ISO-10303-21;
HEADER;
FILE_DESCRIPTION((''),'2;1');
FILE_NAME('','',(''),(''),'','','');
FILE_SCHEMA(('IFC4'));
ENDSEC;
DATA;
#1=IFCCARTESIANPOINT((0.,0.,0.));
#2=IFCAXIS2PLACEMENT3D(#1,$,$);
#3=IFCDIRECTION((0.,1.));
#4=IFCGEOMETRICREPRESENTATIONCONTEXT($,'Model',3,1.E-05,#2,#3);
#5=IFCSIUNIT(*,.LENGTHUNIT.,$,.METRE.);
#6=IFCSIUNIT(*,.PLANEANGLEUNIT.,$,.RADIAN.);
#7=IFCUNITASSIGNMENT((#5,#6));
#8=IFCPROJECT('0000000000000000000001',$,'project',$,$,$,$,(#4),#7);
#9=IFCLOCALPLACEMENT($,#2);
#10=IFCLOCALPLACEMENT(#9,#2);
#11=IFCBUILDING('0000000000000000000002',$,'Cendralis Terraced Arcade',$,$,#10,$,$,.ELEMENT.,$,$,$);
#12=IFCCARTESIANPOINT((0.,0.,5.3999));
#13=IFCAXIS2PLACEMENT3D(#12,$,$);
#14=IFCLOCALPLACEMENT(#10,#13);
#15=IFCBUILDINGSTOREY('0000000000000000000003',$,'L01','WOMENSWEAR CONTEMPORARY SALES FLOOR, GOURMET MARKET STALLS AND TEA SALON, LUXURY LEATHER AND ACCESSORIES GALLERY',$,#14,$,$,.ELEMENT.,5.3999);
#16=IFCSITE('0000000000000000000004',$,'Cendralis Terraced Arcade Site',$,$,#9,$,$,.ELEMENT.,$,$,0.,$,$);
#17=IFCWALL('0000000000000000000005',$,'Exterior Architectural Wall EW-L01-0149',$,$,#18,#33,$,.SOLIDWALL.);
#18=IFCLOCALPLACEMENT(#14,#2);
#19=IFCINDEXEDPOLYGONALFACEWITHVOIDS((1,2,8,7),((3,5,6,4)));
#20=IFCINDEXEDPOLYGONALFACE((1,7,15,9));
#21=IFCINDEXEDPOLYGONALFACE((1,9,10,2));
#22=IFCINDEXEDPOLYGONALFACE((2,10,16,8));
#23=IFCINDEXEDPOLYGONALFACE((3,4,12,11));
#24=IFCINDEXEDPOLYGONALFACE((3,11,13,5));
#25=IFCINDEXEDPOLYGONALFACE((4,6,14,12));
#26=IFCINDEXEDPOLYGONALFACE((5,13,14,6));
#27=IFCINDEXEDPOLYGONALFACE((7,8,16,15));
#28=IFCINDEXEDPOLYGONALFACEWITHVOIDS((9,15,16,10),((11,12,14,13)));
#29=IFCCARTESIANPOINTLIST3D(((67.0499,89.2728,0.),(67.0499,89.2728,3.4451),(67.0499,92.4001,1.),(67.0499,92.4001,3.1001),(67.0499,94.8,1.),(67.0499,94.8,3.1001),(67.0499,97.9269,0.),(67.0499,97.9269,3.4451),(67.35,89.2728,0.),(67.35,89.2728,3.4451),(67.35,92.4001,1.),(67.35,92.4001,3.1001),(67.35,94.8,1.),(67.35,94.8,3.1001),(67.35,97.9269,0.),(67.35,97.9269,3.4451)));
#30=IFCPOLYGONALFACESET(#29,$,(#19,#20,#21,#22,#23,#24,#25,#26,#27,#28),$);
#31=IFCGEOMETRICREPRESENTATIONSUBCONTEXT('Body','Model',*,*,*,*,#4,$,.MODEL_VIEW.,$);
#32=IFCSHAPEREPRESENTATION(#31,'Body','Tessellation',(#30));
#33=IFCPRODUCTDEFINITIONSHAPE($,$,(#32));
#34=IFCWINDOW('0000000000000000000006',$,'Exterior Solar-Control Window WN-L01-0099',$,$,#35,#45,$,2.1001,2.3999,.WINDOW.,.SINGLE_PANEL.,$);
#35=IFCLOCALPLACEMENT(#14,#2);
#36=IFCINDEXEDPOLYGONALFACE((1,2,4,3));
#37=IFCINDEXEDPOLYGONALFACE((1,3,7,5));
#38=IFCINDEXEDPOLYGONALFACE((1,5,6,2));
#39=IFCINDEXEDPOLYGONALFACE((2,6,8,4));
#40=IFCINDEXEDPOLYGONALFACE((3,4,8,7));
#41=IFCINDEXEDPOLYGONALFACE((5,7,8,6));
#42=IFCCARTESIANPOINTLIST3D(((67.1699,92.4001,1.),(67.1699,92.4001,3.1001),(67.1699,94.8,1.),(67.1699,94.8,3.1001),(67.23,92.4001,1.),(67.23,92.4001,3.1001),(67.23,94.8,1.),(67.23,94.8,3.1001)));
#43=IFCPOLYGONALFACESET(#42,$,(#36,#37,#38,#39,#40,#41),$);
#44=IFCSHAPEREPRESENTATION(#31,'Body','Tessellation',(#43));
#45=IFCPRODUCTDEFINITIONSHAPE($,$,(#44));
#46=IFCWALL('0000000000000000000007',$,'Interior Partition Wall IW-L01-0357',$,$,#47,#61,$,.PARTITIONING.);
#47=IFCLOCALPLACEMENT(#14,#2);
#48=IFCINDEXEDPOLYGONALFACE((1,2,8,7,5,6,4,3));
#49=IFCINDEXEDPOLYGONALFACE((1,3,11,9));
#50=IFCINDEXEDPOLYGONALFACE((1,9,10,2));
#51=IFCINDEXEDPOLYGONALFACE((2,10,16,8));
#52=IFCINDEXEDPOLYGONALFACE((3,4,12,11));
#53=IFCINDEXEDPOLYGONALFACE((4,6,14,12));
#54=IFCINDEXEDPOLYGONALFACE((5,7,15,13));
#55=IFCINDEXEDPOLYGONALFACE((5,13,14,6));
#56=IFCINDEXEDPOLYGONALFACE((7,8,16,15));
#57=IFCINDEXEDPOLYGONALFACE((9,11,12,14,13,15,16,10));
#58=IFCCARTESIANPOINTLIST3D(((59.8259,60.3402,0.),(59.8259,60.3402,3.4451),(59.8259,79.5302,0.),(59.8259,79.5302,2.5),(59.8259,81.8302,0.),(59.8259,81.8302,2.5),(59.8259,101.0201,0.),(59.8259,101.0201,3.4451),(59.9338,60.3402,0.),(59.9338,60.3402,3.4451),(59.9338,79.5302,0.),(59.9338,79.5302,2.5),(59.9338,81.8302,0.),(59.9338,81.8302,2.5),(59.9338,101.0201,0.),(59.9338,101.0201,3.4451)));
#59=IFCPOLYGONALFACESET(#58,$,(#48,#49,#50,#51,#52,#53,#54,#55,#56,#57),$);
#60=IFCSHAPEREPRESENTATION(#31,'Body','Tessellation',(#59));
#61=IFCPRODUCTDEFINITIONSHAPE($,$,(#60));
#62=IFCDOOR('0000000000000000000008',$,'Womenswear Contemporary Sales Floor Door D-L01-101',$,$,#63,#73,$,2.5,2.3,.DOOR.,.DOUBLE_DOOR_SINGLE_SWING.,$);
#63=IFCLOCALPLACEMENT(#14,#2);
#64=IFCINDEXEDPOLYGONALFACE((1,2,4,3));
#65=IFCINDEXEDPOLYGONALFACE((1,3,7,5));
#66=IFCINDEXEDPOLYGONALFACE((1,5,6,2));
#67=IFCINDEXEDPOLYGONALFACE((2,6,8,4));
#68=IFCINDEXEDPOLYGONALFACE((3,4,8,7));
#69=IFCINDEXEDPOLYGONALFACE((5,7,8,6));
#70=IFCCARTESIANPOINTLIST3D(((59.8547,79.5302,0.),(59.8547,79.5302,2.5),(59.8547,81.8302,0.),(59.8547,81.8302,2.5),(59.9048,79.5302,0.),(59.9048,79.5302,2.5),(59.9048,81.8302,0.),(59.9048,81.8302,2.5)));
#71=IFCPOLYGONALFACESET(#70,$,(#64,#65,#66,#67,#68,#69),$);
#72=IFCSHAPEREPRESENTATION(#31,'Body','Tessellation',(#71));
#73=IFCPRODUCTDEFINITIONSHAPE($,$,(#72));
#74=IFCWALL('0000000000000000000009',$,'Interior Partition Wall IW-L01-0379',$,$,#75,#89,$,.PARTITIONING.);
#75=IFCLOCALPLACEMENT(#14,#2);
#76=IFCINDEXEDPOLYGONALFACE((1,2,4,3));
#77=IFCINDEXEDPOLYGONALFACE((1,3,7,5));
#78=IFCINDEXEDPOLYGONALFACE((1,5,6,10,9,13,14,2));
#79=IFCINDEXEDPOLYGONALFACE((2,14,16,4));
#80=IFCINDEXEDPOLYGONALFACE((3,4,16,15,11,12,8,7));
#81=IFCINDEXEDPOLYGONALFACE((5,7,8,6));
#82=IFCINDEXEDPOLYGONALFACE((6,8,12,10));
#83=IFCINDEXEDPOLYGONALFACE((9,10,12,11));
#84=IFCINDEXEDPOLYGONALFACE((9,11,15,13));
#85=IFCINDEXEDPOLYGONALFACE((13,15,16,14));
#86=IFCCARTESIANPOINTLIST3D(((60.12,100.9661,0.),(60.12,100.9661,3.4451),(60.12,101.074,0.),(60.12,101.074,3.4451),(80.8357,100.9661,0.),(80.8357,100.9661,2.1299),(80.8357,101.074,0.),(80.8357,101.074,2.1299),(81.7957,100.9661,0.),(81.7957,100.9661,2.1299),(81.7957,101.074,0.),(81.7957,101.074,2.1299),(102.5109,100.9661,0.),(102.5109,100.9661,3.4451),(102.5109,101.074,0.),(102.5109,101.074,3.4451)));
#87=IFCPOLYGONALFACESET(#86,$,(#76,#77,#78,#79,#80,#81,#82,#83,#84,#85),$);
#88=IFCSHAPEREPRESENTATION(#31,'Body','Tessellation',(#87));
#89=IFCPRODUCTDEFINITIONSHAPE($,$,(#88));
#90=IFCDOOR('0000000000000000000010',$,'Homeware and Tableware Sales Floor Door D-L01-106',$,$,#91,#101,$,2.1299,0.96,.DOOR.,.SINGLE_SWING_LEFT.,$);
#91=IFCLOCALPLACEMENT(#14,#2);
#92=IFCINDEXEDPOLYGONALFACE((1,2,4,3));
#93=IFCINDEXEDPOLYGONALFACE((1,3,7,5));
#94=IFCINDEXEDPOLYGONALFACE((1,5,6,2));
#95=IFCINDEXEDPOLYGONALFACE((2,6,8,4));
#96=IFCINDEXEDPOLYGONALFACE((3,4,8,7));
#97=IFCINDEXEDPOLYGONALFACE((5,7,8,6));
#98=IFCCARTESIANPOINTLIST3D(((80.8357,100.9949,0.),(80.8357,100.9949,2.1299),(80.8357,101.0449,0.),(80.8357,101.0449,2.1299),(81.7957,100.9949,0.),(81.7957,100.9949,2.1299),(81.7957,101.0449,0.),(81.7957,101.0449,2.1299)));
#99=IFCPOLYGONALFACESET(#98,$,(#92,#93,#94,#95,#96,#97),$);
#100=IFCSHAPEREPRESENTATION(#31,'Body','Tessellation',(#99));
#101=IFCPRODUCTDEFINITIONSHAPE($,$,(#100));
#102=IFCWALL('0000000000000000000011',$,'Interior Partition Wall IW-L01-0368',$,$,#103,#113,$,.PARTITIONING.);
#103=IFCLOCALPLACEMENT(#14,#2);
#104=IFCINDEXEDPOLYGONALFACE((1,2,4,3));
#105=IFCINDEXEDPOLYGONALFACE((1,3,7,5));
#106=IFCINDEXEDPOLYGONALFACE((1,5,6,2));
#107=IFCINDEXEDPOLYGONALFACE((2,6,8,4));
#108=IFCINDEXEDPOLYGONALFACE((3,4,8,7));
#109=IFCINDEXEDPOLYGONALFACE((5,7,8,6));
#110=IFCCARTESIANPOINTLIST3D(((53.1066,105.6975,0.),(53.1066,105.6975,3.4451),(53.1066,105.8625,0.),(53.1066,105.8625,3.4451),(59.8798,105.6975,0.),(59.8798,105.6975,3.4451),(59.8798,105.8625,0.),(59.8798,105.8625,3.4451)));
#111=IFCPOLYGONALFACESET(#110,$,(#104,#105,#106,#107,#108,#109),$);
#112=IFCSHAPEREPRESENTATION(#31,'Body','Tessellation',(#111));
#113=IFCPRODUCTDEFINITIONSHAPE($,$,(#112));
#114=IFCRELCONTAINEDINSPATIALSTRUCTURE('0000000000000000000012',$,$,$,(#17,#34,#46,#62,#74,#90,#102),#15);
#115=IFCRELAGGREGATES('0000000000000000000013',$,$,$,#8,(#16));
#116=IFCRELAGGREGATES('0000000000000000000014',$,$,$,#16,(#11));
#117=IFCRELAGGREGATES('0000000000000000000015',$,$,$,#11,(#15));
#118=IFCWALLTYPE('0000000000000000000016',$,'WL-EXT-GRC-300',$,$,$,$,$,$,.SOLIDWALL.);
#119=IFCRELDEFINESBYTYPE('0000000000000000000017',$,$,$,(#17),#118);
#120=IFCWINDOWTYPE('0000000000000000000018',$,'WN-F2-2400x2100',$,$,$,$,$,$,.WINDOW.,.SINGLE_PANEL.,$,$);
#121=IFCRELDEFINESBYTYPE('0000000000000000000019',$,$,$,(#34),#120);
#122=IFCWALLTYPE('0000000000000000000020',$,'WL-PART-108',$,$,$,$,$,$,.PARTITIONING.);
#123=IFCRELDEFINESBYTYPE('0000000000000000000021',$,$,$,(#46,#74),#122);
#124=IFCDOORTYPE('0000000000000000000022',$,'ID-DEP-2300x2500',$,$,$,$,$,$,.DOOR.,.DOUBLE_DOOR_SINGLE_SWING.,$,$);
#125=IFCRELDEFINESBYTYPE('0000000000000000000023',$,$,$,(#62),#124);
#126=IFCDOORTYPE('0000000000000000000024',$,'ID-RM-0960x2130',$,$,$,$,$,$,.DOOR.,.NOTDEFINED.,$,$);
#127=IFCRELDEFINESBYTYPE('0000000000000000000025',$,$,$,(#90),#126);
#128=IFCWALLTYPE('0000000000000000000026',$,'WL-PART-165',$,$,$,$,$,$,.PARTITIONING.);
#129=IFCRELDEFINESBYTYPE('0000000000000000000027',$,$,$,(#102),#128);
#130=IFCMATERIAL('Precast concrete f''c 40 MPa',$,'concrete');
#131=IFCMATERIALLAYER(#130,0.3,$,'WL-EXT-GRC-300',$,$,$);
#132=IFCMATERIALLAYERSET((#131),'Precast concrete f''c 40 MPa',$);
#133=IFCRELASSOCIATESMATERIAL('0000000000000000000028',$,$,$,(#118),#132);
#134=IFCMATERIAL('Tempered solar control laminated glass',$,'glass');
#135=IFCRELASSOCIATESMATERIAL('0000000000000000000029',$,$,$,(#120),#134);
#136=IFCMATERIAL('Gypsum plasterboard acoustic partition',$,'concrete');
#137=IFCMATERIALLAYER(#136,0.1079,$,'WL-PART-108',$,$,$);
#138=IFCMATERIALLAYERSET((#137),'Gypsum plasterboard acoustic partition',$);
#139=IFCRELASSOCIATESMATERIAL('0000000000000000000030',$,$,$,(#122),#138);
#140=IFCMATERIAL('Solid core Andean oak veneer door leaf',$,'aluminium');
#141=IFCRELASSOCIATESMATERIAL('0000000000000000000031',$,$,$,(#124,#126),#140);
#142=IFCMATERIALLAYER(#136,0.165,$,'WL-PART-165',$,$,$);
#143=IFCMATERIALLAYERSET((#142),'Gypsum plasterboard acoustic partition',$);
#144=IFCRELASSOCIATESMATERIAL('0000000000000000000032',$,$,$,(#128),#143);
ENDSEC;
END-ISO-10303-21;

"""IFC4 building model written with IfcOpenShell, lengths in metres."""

from ifc_helpers import new_model, si_unit, direction, frame, frame_2d, origin, place, context, subcontext, project, spatial, rectangle, extrude, material, layer, layer_set, type_object, element, fill, save


model = new_model("IFC4")

# Units and contexts
model_context = context("Model", 3, precision=1e-05, world=origin(), true_north=direction((0.0, 1.0)))
body_context = subcontext(model_context, "Body", "Model", "MODEL_VIEW")
ifc_project = project(units=[si_unit("LENGTHUNIT", "METRE"), si_unit("PLANEANGLEUNIT", "RADIAN")], contexts=[model_context])

# Site, building, storey
site_placement = place(None, origin())
site = spatial("IfcSite", under=ifc_project, at=site_placement, Name="Cendralis Terraced Arcade Site", CompositionType="ELEMENT", RefElevation=0.0)
building_placement = place(site_placement, origin())
building = spatial("IfcBuilding", under=site, at=building_placement, Name="Cendralis Terraced Arcade", CompositionType="ELEMENT")
storey_placement = place(building_placement, frame((0.0, 0.0, 5.3999)))
storey = spatial("IfcBuildingStorey", under=building, at=storey_placement, Name="L01", Description="WOMENSWEAR CONTEMPORARY SALES FLOOR, GOURMET MARKET STALLS AND TEA SALON, LUXURY LEATHER AND ACCESSORIES GALLERY", CompositionType="ELEMENT", Elevation=5.3999)

# Wall, opening, window
ifc_material_1 = material(Name="Precast concrete f'c 40 MPa", Category="concrete")
ifc_layer_1 = layer(ifc_material_1, 0.3, Name="WL-EXT-GRC-300")
ifc_layer_set_1 = layer_set([ifc_layer_1], Name="Precast concrete f'c 40 MPa")
wall_type_1 = type_object("IfcWallType", Name="WL-EXT-GRC-300", PredefinedType="SOLIDWALL", material=ifc_layer_set_1)
wall_1_placement = place(storey_placement, frame((67.2, 97.927, 0.0), z_axis=(0.0, 0.0, 1.0), x_axis=(0.0, -1.0, 0.0)))
wall_1 = element("IfcWall", 1, at=wall_1_placement, inside=storey, type_object=wall_type_1, Name="Exterior Architectural Wall EW-L01-0149", PredefinedType="SOLIDWALL", context=body_context, shape_type="SweptSolid", body=[
    extrude(rectangle(XDim=8.6541, YDim=0.3, at=frame_2d((4.3271, 0.0))), origin(), (0.0, 0.0, 1.0), 3.4451),
])
opening_1_placement = place(wall_1_placement, frame((3.127, 0.0, 1.0)))
opening_1 = element("IfcOpeningElement", 2, at=opening_1_placement, cuts=wall_1, PredefinedType="OPENING", context=body_context, shape_type="SweptSolid", body=[
    extrude(rectangle(XDim=2.3999, YDim=2.1001, at=frame_2d((1.2, 1.05))), frame((0.0, 0.1621, 0.0), z_axis=(0.0, -1.0, 0.0), x_axis=(1.0, 0.0, 0.0)), (0.0, 0.0, 1.0), 0.324),
])
ifc_material_2 = material(Name="Tempered solar control laminated glass", Category="glass")
window_type = type_object("IfcWindowType", Name="WN-F2-2400x2100", PartitioningType="SINGLE_PANEL", PredefinedType="WINDOW", material=ifc_material_2)
window_placement = place(opening_1_placement, origin())
window = element("IfcWindow", 3, at=window_placement, inside=storey, type_object=window_type, Name="Exterior Solar-Control Window WN-L01-0099", OverallHeight=2.1001, OverallWidth=2.3999, PartitioningType="SINGLE_PANEL", PredefinedType="WINDOW", context=body_context, shape_type="SweptSolid", body=[
    extrude(rectangle(XDim=2.3999, YDim=2.1001, at=frame_2d((1.2, 1.05))), frame((0.0, 0.03, 0.0), z_axis=(0.0, -1.0, 0.0), x_axis=(1.0, 0.0, 0.0)), (0.0, 0.0, 1.0), 0.0601),
])
fill(opening_1, window)

# Walls, openings, doors
ifc_material_3 = material(Name="Gypsum plasterboard acoustic partition", Category="concrete")
ifc_layer_2 = layer(ifc_material_3, 0.1079, Name="WL-PART-108")
ifc_layer_set_2 = layer_set([ifc_layer_2], Name="Gypsum plasterboard acoustic partition")
wall_type_2 = type_object("IfcWallType", Name="WL-PART-108", PredefinedType="PARTITIONING", material=ifc_layer_set_2)
wall_2_placement = place(storey_placement, frame((59.8799, 101.02, 0.0), z_axis=(0.0, 0.0, 1.0), x_axis=(0.0, -1.0, 0.0)))
wall_2 = element("IfcWall", 4, at=wall_2_placement, inside=storey, type_object=wall_type_2, Name="Interior Partition Wall IW-L01-0357", PredefinedType="PARTITIONING", context=body_context, shape_type="SweptSolid", body=[
    extrude(rectangle(XDim=40.6799, YDim=0.1079, at=frame_2d((20.3398, 0.0))), origin(), (0.0, 0.0, 1.0), 3.4451),
])
opening_2_placement = place(wall_2_placement, frame((19.1899, 0.0, 0.0)))
opening_2 = element("IfcOpeningElement", 5, at=opening_2_placement, cuts=wall_2, PredefinedType="OPENING", context=body_context, shape_type="SweptSolid", body=[
    extrude(rectangle(XDim=2.3, YDim=2.5, at=frame_2d((1.1499, 1.25))), frame((0.0, 0.0659, 0.0), z_axis=(0.0, -1.0, 0.0), x_axis=(1.0, 0.0, 0.0)), (0.0, 0.0, 1.0), 0.1318),
])
ifc_material_4 = material(Name="Solid core Andean oak veneer door leaf", Category="aluminium")
door_type_1 = type_object("IfcDoorType", Name="ID-DEP-2300x2500", OperationType="DOUBLE_DOOR_SINGLE_SWING", PredefinedType="DOOR", material=ifc_material_4)
door_1_placement = place(opening_2_placement, origin())
door_1 = element("IfcDoor", 6, at=door_1_placement, inside=storey, type_object=door_type_1, Name="Womenswear Contemporary Sales Floor Door D-L01-101", OperationType="DOUBLE_DOOR_SINGLE_SWING", OverallHeight=2.5, OverallWidth=2.3, PredefinedType="DOOR", context=body_context, shape_type="SweptSolid", body=[
    extrude(rectangle(XDim=2.3, YDim=2.5, at=frame_2d((1.1499, 1.25))), frame((0.0, 0.0249, 0.0), z_axis=(0.0, -1.0, 0.0), x_axis=(1.0, 0.0, 0.0)), (0.0, 0.0, 1.0), 0.05),
])
fill(opening_2, door_1)
wall_3_placement = place(storey_placement, frame((60.1201, 101.02, 0.0), z_axis=(0.0, 0.0, 1.0), x_axis=(1.0, 0.0, 0.0)))
wall_3 = element("IfcWall", 7, at=wall_3_placement, inside=storey, type_object=wall_type_2, Name="Interior Partition Wall IW-L01-0379", PredefinedType="PARTITIONING", context=body_context, shape_type="SweptSolid", body=[
    extrude(rectangle(XDim=42.3909, YDim=0.1079, at=frame_2d((21.1953, 0.0))), origin(), (0.0, 0.0, 1.0), 3.4451),
])
opening_3_placement = place(wall_3_placement, frame((20.7156, 0.0, 0.0)))
opening_3 = element("IfcOpeningElement", 8, at=opening_3_placement, cuts=wall_3, PredefinedType="OPENING", context=body_context, shape_type="SweptSolid", body=[
    extrude(rectangle(XDim=0.96, YDim=2.1299, at=frame_2d((0.48, 1.0649))), frame((0.0, 0.0659, 0.0), z_axis=(0.0, -1.0, 0.0), x_axis=(1.0, 0.0, 0.0)), (0.0, 0.0, 1.0), 0.1318),
])
door_type_2 = type_object("IfcDoorType", Name="ID-RM-0960x2130", OperationType="NOTDEFINED", PredefinedType="DOOR", material=ifc_material_4)
door_2_placement = place(opening_3_placement, origin())
door_2 = element("IfcDoor", 9, at=door_2_placement, inside=storey, type_object=door_type_2, Name="Homeware and Tableware Sales Floor Door D-L01-106", OperationType="SINGLE_SWING_LEFT", OverallHeight=2.1299, OverallWidth=0.96, PredefinedType="DOOR", context=body_context, shape_type="SweptSolid", body=[
    extrude(rectangle(XDim=0.96, YDim=2.1299, at=frame_2d((0.48, 1.0649))), frame((0.0, 0.0249, 0.0), z_axis=(0.0, -1.0, 0.0), x_axis=(1.0, 0.0, 0.0)), (0.0, 0.0, 1.0), 0.05),
])
fill(opening_3, door_2)

# Wall
ifc_layer_3 = layer(ifc_material_3, 0.165, Name="WL-PART-165")
ifc_layer_set_3 = layer_set([ifc_layer_3], Name="Gypsum plasterboard acoustic partition")
wall_type_3 = type_object("IfcWallType", Name="WL-PART-165", PredefinedType="PARTITIONING", material=ifc_layer_set_3)
wall_4_placement = place(storey_placement, frame((59.8799, 105.78, 0.0), z_axis=(0.0, 0.0, 1.0), x_axis=(-1.0, 0.0, 0.0)))
element("IfcWall", 10, at=wall_4_placement, inside=storey, type_object=wall_type_3, Name="Interior Partition Wall IW-L01-0368", PredefinedType="PARTITIONING", context=body_context, shape_type="SweptSolid", body=[
    extrude(rectangle(XDim=6.7732, YDim=0.165, at=frame_2d((3.3867, 0.0))), origin(), (0.0, 0.0, 1.0), 3.4451),
])

save(model, "model.ifc")
